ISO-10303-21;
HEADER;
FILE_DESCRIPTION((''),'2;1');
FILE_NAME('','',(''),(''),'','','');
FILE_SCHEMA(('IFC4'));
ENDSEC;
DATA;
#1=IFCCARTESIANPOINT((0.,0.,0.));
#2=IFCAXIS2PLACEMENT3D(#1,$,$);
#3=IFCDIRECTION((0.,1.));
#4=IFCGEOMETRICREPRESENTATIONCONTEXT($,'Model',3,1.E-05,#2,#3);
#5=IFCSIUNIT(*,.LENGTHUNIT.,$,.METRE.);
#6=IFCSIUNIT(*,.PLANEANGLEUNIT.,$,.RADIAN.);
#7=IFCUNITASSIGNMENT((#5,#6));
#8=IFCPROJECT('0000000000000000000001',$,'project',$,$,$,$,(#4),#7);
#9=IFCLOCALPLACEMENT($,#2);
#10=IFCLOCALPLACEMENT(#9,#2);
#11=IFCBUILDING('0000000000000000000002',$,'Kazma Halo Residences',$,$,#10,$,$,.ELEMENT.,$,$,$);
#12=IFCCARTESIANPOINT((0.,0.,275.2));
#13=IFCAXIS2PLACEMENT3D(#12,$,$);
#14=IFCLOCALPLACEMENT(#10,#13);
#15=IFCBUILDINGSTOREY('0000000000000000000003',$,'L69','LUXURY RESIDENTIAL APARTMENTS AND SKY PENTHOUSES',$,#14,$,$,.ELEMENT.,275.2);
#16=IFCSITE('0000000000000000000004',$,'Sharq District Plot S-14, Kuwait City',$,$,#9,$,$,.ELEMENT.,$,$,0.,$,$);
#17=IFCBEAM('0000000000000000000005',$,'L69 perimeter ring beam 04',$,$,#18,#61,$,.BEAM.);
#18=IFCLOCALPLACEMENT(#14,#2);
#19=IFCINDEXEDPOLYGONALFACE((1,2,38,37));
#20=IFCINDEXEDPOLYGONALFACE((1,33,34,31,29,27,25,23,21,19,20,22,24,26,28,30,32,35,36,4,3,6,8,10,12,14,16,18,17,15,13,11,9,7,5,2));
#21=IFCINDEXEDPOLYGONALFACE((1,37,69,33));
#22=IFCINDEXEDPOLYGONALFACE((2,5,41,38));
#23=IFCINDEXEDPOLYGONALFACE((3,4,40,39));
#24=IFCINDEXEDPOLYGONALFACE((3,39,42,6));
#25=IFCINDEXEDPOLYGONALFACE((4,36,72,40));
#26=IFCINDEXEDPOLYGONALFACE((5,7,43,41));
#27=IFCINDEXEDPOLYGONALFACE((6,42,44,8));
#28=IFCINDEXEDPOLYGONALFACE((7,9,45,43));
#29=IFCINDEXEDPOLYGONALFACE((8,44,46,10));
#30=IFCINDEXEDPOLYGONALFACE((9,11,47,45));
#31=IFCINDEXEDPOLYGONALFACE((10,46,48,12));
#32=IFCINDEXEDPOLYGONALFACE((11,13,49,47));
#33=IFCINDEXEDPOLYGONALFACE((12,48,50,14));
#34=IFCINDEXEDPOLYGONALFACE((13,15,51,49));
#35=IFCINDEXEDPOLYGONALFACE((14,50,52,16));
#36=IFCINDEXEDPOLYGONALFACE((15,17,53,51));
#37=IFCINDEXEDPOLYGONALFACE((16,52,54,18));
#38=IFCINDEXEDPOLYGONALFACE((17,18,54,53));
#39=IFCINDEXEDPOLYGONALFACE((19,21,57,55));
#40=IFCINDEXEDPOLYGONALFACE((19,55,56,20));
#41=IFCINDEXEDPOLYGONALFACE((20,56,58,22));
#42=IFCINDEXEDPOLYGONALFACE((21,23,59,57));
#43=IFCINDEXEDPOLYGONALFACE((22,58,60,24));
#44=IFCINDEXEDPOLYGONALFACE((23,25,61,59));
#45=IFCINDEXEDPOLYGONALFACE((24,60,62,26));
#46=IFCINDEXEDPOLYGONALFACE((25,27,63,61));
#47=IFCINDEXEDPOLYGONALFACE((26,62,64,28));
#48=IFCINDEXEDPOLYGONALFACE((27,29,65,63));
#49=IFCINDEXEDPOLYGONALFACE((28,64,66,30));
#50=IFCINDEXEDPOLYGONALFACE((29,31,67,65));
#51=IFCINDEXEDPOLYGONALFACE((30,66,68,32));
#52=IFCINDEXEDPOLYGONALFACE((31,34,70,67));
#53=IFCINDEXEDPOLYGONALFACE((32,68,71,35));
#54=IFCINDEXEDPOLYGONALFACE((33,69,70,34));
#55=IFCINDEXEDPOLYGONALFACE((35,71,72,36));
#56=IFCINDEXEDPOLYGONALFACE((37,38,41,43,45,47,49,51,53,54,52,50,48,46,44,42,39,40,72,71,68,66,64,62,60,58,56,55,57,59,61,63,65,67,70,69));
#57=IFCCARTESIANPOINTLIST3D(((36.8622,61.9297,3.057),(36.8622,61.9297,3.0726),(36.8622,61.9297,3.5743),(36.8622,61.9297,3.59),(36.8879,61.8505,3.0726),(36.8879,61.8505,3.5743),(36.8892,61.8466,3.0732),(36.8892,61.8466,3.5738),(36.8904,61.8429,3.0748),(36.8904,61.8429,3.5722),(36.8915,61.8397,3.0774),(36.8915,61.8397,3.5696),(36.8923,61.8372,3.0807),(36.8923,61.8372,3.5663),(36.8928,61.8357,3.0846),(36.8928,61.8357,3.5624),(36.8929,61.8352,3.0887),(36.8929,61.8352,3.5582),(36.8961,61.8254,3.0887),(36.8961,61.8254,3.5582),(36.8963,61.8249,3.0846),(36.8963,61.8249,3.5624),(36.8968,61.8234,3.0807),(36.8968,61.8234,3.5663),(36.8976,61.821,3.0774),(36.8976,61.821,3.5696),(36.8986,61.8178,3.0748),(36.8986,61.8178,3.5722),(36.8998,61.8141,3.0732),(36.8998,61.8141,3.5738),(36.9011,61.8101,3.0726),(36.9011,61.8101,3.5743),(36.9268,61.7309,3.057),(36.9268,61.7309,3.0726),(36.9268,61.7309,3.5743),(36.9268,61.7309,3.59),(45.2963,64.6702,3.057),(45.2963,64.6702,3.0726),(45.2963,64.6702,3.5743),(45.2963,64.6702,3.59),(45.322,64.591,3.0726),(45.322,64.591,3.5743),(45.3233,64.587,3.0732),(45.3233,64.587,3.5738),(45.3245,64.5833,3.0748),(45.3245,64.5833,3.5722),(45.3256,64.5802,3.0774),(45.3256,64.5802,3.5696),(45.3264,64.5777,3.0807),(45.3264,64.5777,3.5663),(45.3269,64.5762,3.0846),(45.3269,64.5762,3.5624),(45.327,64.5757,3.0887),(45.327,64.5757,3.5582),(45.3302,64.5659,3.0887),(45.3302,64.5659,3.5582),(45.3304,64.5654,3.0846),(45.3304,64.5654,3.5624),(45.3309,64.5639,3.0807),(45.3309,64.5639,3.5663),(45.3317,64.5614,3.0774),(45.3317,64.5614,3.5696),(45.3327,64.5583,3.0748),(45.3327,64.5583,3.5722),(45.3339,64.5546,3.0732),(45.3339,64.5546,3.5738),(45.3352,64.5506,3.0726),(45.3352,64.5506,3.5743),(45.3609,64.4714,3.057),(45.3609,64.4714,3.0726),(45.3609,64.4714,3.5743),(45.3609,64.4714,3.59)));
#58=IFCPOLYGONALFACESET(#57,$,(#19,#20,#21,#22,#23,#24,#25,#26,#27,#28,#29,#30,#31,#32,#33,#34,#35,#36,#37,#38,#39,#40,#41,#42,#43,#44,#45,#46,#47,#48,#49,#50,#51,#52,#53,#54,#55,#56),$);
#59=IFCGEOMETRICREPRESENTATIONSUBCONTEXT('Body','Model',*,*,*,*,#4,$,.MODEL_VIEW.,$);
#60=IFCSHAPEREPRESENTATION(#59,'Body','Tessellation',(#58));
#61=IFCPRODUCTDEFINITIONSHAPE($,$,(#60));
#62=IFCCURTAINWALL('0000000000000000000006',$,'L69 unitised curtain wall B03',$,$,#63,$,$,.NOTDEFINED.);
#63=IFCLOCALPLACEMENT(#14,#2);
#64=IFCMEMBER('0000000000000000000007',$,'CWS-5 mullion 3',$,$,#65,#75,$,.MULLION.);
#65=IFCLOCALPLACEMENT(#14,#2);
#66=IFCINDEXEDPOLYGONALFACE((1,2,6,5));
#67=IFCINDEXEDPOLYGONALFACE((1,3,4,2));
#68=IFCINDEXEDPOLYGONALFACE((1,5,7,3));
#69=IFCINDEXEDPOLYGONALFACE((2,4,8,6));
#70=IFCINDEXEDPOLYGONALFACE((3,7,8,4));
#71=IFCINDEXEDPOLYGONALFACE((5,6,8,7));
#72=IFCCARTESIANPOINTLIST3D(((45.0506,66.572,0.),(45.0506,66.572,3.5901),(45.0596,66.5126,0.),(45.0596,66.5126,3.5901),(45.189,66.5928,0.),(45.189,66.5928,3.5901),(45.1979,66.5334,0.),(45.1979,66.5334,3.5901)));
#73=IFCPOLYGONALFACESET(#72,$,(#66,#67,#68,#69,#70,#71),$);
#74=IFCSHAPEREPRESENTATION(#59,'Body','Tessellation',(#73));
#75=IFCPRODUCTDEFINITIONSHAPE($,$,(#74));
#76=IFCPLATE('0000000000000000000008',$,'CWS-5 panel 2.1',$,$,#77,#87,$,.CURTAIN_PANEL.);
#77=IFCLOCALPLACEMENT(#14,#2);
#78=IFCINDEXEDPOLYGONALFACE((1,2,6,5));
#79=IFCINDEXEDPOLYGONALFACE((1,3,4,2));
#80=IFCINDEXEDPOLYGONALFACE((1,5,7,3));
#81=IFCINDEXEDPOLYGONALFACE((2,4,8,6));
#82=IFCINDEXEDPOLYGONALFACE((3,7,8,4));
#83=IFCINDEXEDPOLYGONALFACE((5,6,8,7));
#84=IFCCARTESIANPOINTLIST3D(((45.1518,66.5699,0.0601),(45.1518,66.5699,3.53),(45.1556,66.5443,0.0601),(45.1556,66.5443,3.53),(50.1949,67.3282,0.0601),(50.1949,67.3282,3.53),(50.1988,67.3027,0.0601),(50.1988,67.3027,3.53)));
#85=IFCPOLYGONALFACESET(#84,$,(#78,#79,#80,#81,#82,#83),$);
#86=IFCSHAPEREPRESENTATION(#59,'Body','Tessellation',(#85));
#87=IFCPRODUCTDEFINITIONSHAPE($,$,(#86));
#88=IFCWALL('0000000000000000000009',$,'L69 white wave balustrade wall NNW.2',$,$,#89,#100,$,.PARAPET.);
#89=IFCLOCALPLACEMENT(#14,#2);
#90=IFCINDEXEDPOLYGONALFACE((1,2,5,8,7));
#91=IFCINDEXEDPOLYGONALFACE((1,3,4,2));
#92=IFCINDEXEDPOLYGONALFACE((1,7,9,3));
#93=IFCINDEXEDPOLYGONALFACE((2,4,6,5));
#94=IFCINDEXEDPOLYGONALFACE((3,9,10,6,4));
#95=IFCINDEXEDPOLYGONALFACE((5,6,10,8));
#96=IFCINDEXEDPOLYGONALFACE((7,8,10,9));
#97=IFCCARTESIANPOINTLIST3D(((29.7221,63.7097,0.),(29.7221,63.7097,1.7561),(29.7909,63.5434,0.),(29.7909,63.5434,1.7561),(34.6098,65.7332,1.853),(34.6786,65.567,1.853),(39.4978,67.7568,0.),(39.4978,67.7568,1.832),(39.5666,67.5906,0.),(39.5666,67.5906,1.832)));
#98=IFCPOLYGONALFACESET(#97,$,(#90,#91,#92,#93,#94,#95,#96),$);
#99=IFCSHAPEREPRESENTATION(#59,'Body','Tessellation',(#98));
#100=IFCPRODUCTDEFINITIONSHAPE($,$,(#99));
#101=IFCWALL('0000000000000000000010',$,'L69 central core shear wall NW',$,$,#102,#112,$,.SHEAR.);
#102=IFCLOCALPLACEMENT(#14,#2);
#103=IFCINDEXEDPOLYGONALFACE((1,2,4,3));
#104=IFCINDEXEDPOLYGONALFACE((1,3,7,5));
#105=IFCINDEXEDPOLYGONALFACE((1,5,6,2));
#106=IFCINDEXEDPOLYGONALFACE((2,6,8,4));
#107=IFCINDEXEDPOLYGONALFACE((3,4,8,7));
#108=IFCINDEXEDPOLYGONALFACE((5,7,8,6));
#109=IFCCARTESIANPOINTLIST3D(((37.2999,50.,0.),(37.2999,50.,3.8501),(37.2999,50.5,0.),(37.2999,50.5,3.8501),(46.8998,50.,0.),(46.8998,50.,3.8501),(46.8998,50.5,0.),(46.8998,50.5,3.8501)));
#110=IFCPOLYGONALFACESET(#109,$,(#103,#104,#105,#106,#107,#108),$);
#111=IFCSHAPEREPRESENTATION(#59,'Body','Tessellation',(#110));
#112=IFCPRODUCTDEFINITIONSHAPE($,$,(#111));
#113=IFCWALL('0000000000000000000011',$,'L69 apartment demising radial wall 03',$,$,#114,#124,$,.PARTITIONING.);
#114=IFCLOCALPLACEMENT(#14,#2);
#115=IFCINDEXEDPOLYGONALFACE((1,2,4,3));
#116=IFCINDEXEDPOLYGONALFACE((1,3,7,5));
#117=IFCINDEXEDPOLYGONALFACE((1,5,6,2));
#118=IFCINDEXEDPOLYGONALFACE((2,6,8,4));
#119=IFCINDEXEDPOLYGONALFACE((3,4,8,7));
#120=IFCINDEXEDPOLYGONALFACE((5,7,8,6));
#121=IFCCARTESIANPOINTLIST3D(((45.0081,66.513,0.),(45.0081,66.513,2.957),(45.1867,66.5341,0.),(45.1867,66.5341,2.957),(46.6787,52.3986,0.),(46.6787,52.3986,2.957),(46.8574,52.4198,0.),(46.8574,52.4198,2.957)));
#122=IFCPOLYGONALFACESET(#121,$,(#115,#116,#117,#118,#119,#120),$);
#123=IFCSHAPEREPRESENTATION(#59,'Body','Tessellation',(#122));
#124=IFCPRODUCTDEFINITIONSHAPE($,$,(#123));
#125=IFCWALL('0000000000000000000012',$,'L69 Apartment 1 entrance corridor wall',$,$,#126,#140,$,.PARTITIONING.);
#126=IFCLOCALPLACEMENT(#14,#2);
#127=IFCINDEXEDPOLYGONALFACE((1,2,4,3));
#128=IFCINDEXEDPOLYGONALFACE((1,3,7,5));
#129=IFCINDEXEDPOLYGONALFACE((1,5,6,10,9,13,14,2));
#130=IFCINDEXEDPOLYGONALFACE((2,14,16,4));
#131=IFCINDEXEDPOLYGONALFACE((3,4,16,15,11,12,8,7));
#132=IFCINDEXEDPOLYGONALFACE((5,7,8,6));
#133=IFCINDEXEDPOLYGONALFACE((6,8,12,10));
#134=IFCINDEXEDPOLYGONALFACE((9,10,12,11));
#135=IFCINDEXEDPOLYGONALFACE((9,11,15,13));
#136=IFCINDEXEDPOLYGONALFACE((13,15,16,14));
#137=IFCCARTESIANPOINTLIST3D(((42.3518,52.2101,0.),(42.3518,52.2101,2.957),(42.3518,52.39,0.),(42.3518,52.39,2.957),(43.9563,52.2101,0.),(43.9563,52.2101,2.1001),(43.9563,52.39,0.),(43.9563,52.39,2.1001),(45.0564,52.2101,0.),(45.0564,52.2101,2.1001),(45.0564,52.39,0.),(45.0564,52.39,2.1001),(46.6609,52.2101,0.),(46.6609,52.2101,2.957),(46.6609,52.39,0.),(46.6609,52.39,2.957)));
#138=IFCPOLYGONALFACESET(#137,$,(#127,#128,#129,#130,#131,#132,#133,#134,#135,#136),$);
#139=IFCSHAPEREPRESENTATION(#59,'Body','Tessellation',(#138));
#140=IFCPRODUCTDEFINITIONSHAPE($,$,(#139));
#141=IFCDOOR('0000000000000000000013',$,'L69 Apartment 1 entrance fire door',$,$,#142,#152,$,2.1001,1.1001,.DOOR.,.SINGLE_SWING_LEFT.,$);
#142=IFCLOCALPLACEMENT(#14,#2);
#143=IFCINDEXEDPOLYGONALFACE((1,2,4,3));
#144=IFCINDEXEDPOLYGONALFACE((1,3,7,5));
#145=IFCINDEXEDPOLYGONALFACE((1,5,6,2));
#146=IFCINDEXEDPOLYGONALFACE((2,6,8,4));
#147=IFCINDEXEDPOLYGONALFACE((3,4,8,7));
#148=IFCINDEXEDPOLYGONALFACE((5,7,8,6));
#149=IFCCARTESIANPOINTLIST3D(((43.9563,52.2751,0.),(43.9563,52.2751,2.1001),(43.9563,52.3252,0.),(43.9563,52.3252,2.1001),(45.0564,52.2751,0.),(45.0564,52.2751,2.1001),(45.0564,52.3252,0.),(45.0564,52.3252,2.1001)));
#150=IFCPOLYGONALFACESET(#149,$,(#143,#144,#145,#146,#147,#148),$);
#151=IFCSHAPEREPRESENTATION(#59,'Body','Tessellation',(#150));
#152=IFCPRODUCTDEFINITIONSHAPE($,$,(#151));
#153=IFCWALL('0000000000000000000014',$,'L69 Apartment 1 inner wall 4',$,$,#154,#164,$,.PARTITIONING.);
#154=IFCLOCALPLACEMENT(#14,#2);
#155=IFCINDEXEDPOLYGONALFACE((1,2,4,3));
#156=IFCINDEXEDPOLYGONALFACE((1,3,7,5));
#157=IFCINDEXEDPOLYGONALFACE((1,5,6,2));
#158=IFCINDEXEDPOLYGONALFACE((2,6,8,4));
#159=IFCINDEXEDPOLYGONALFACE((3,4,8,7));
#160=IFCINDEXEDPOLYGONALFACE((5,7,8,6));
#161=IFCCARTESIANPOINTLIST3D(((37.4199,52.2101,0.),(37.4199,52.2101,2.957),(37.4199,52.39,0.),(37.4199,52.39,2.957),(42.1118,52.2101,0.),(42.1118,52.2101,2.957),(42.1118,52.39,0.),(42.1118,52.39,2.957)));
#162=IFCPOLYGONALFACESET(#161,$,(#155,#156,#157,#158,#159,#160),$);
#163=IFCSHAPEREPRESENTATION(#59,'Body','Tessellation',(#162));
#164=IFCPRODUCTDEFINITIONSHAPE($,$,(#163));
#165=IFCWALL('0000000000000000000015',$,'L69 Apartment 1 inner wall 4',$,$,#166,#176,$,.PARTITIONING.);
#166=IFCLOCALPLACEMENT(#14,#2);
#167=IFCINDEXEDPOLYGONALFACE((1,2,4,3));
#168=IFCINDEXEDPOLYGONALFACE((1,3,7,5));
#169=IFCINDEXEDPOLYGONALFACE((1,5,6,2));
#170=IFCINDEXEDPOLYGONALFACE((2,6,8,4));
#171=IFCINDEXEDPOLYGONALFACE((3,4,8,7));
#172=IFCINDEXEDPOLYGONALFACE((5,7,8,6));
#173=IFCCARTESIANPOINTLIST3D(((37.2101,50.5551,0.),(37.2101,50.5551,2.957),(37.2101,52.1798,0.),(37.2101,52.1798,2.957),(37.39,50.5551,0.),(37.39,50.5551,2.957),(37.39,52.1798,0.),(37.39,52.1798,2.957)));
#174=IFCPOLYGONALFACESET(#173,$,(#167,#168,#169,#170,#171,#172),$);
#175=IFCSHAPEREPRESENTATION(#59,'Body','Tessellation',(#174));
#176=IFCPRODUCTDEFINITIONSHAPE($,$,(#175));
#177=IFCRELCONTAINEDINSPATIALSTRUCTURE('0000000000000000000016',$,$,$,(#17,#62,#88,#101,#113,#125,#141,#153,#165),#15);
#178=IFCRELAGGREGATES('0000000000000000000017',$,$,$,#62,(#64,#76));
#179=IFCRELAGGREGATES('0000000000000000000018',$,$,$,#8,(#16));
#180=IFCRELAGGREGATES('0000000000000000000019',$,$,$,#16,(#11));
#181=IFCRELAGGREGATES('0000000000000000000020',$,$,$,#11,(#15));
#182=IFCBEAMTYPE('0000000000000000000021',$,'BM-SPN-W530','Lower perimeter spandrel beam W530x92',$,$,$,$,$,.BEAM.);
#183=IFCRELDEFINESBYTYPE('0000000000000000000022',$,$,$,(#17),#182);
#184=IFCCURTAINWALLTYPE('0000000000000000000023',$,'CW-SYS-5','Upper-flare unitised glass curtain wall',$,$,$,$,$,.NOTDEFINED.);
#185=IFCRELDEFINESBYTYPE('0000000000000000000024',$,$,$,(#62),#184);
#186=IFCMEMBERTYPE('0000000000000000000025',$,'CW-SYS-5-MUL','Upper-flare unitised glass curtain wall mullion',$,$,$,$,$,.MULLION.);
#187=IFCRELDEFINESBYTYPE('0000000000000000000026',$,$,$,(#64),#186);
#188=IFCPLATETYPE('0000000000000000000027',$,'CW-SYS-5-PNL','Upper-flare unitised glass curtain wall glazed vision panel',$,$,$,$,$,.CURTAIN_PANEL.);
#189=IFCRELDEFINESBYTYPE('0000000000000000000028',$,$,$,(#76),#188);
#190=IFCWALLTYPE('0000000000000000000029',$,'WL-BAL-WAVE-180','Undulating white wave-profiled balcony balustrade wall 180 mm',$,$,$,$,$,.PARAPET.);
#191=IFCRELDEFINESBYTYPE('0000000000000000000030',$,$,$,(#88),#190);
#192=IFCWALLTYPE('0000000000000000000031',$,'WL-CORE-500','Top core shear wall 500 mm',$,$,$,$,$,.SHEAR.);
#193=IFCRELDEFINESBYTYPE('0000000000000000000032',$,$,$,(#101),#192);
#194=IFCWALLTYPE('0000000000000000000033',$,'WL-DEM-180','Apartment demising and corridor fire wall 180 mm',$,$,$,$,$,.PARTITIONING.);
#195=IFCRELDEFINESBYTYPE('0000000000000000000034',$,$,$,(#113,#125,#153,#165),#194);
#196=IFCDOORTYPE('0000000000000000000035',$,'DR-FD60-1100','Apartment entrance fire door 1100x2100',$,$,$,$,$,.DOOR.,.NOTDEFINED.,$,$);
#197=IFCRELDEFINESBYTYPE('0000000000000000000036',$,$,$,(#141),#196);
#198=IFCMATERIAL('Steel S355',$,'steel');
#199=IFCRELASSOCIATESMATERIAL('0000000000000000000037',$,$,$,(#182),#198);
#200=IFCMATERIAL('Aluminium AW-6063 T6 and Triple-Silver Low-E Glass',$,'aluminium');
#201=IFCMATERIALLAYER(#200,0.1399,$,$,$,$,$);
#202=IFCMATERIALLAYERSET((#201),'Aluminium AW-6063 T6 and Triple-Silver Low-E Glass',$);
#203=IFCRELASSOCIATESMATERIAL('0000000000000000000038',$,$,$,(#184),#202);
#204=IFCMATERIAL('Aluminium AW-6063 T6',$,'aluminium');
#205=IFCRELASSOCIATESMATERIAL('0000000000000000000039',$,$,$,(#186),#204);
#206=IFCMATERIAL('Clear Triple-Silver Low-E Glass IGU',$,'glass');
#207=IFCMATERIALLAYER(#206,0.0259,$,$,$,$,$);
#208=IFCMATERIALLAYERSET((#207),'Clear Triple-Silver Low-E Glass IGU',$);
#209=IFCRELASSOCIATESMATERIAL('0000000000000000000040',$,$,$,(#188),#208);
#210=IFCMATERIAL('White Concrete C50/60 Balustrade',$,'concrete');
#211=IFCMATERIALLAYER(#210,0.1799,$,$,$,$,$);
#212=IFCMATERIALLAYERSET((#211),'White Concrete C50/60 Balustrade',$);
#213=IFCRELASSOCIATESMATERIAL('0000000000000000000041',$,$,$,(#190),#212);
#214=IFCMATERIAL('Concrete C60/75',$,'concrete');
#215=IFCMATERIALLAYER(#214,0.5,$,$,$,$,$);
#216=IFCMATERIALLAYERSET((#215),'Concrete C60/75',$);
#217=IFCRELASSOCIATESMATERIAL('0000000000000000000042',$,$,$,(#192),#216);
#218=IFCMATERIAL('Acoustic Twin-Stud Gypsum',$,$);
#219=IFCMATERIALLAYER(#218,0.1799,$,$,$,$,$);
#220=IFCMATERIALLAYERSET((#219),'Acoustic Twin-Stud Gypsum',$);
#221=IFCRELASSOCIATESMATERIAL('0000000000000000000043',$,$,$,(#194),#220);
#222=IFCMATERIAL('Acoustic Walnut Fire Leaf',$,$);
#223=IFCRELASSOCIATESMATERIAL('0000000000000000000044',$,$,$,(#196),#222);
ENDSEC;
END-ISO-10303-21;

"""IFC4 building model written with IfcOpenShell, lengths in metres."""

from ifc_helpers import new_model, si_unit, direction, frame, frame_2d, origin, origin_2d, place, context, subcontext, project, spatial, polyline, rectangle, i_section, outline, extrude, material, layer, layer_set, material_profile, profile_set, type_object, element, fill, aggregate, save


model = new_model("IFC4")

# Units and contexts
model_context = context("Model", 3, precision=1e-05, world=origin(), true_north=direction((0.0, 1.0)))
body_context = subcontext(model_context, "Body", "Model", "MODEL_VIEW")
ifc_project = project(units=[si_unit("LENGTHUNIT", "METRE"), si_unit("PLANEANGLEUNIT", "RADIAN")], contexts=[model_context])

# Site, building, storey
site_placement = place(None, origin())
site = spatial("IfcSite", under=ifc_project, at=site_placement, Name="Sharq District Plot S-14, Kuwait City", CompositionType="ELEMENT", RefElevation=0.0)
building_placement = place(site_placement, origin())
building = spatial("IfcBuilding", under=site, at=building_placement, Name="Kazma Halo Residences", CompositionType="ELEMENT")
storey_placement = place(building_placement, frame((0.0, 0.0, 275.2)))
storey = spatial("IfcBuildingStorey", under=building, at=storey_placement, Name="L69", Description="LUXURY RESIDENTIAL APARTMENTS AND SKY PENTHOUSES", CompositionType="ELEMENT", Elevation=275.2)

# Shared definitions
ifc_material_1 = material(Name="Concrete C60/75", Category="concrete")

# Beam
ifc_material_2 = material(Name="Steel S355", Category="steel")
ifc_material_profile_1 = material_profile(ifc_material_2, i_section(OverallWidth=0.209, OverallDepth=0.533, WebThickness=0.0103, FlangeThickness=0.0156, FilletRadius=0.0161, at=origin_2d()), Name="W530x92")
ifc_profile_set_1 = profile_set([ifc_material_profile_1], Name="Steel S355")
beam_type_1 = type_object("IfcBeamType", Name="BM-SPN-W530", Description="Lower perimeter spandrel beam W530x92", PredefinedType="BEAM", material=ifc_profile_set_1)
beam_1_placement = place(storey_placement, frame((45.3286, 64.5708, 3.3235), z_axis=(-0.951054, -0.309025, 0.0), x_axis=(0.309025, -0.951054, 0.0)))
element("IfcBeam", 1, at=beam_1_placement, inside=storey, type_object=beam_type_1, Name="L69 perimeter ring beam 04", PredefinedType="BEAM", context=body_context, shape_type="SweptSolid", body=[
    extrude(i_section(OverallWidth=0.209, OverallDepth=0.533, WebThickness=0.0103, FlangeThickness=0.0156, FilletRadius=0.0161, at=origin_2d()), origin(), (0.0, 0.0, 1.0), 8.8682),
])

# Curtain wall, member, plate
ifc_material_3 = material(Name="Aluminium AW-6063 T6 and Triple-Silver Low-E Glass", Category="aluminium")
ifc_layer_1 = layer(ifc_material_3, 0.1399)
ifc_layer_set_1 = layer_set([ifc_layer_1], Name="Aluminium AW-6063 T6 and Triple-Silver Low-E Glass")
curtain_wall_type = type_object("IfcCurtainWallType", Name="CW-SYS-5", Description="Upper-flare unitised glass curtain wall", PredefinedType="NOTDEFINED", material=ifc_layer_set_1)
curtain_wall_placement = place(storey_placement, origin())
curtain_wall = element("IfcCurtainWall", 2, at=curtain_wall_placement, inside=storey, type_object=curtain_wall_type, Name="L69 unitised curtain wall B03", PredefinedType="NOTDEFINED")
ifc_material_4 = material(Name="Aluminium AW-6063 T6", Category="aluminium")
ifc_material_profile_2 = material_profile(ifc_material_4, rectangle(XDim=0.0601, YDim=0.1399, at=origin_2d()), Name="CWM-60x140")
ifc_profile_set_2 = profile_set([ifc_material_profile_2], Name="Aluminium AW-6063 T6")
member_type = type_object("IfcMemberType", Name="CW-SYS-5-MUL", Description="Upper-flare unitised glass curtain wall mullion", PredefinedType="MULLION", material=ifc_profile_set_2)
member_placement = place(storey_placement, frame((45.1243, 66.5527, 0.0), z_axis=(0.0, 0.0, 1.0), x_axis=(0.148697, -0.988883, 0.0)))
member = element("IfcMember", 3, at=member_placement, type_object=member_type, Name="CWS-5 mullion 3", PredefinedType="MULLION", context=body_context, shape_type="SweptSolid", body=[
    extrude(rectangle(XDim=0.0601, YDim=0.1399, at=origin_2d()), origin(), (0.0, 0.0, 1.0), 3.5901),
])
ifc_material_5 = material(Name="Clear Triple-Silver Low-E Glass IGU", Category="glass")
ifc_layer_2 = layer(ifc_material_5, 0.0259)
ifc_layer_set_2 = layer_set([ifc_layer_2], Name="Clear Triple-Silver Low-E Glass IGU")
plate_type = type_object("IfcPlateType", Name="CW-SYS-5-PNL", Description="Upper-flare unitised glass curtain wall glazed vision panel", PredefinedType="CURTAIN_PANEL", material=ifc_layer_set_2)
plate_placement = place(storey_placement, frame((47.6753, 66.9363, 0.0601), z_axis=(0.0, 0.0, 1.0), x_axis=(-0.988883, -0.148697, 0.0)))
plate = element("IfcPlate", 4, at=plate_placement, type_object=plate_type, Name="CWS-5 panel 2.1", PredefinedType="CURTAIN_PANEL", context=body_context, shape_type="SweptSolid", body=[
    extrude(rectangle(XDim=5.0999, YDim=0.0259, at=origin_2d()), origin(), (0.0, 0.0, 1.0), 3.47),
])
aggregate(curtain_wall, [member, plate])

# Walls
ifc_material_6 = material(Name="White Concrete C50/60 Balustrade", Category="concrete")
ifc_layer_3 = layer(ifc_material_6, 0.1799)
ifc_layer_set_3 = layer_set([ifc_layer_3], Name="White Concrete C50/60 Balustrade")
wall_type_1 = type_object("IfcWallType", Name="WL-BAL-WAVE-180", Description="Undulating white wave-profiled balcony balustrade wall 180 mm", PredefinedType="PARAPET", material=ifc_layer_set_3)
wall_1_placement = place(storey_placement, frame((39.5322, 67.6736, 0.0), z_axis=(0.0, 0.0, 1.0), x_axis=(-0.923949, -0.382516, 0.0)))
element("IfcWall", 5, at=wall_1_placement, inside=storey, type_object=wall_type_1, Name="L69 white wave balustrade wall NNW.2", PredefinedType="PARAPET", context=body_context, shape_type="SweptSolid", body=[
    extrude(outline(polyline([(0.0, 0.0), (10.5803, 0.0), (10.5803, 1.7561), (5.2903, 1.853), (0.0, 1.832), (0.0, 0.0)])), frame((0.0, 0.0898, 0.0), z_axis=(0.0, -1.0, 0.0), x_axis=(1.0, 0.0, 0.0)), (0.0, 0.0, 1.0), 0.1799),
])
ifc_layer_4 = layer(ifc_material_1, 0.5)
ifc_layer_set_4 = layer_set([ifc_layer_4], Name="Concrete C60/75")
wall_type_2 = type_object("IfcWallType", Name="WL-CORE-500", Description="Top core shear wall 500 mm", PredefinedType="SHEAR", material=ifc_layer_set_4)
wall_2_placement = place(storey_placement, frame((37.3, 50.25, 0.0), z_axis=(0.0, 0.0, 1.0), x_axis=(1.0, 0.0, 0.0)))
element("IfcWall", 6, at=wall_2_placement, inside=storey, type_object=wall_type_2, Name="L69 central core shear wall NW", PredefinedType="SHEAR", context=body_context, shape_type="SweptSolid", body=[
    extrude(rectangle(XDim=9.5999, YDim=0.5, at=frame_2d((4.7998, 0.0))), origin(), (0.0, 0.0, 1.0), 3.8501),
])
ifc_material_7 = material(Name="Acoustic Twin-Stud Gypsum")
ifc_layer_5 = layer(ifc_material_7, 0.1799)
ifc_layer_set_5 = layer_set([ifc_layer_5], Name="Acoustic Twin-Stud Gypsum")
wall_type_3 = type_object("IfcWallType", Name="WL-DEM-180", Description="Apartment demising and corridor fire wall 180 mm", PredefinedType="PARTITIONING", material=ifc_layer_set_5)
wall_3_placement = place(storey_placement, frame((46.7681, 52.4092, 0.0), z_axis=(0.0, 0.0, 1.0), x_axis=(-0.117546, 0.993067, 0.0)))
element("IfcWall", 7, at=wall_3_placement, inside=storey, type_object=wall_type_3, Name="L69 apartment demising radial wall 03", PredefinedType="PARTITIONING", context=body_context, shape_type="SweptSolid", body=[
    extrude(rectangle(XDim=14.2129, YDim=0.1799, at=frame_2d((7.1064, 0.0))), origin(), (0.0, 0.0, 1.0), 2.957),
])

# Wall, opening, door
wall_4_placement = place(storey_placement, frame((46.6609, 52.3, 0.0), z_axis=(0.0, 0.0, 1.0), x_axis=(-1.0, 0.0, 0.0)))
wall_4 = element("IfcWall", 8, at=wall_4_placement, inside=storey, type_object=wall_type_3, Name="L69 Apartment 1 entrance corridor wall", PredefinedType="PARTITIONING", context=body_context, shape_type="SweptSolid", body=[
    extrude(rectangle(XDim=4.3091, YDim=0.1799, at=frame_2d((2.1545, 0.0))), origin(), (0.0, 0.0, 1.0), 2.957),
])
opening_1_placement = place(wall_4_placement, frame((1.6045, 0.0, 0.0)))
opening_1 = element("IfcOpeningElement", 9, at=opening_1_placement, cuts=wall_4, PredefinedType="OPENING", context=body_context, shape_type="SweptSolid", body=[
    extrude(rectangle(XDim=1.1001, YDim=2.1001, at=frame_2d((0.55, 1.05))), frame((0.0, 0.0999, 0.0), z_axis=(0.0, -1.0, 0.0), x_axis=(1.0, 0.0, 0.0)), (0.0, 0.0, 1.0), 0.2),
])
ifc_material_8 = material(Name="Acoustic Walnut Fire Leaf")
door_type_1 = type_object("IfcDoorType", Name="DR-FD60-1100", Description="Apartment entrance fire door 1100x2100", OperationType="NOTDEFINED", PredefinedType="DOOR", material=ifc_material_8)
door_1_placement = place(opening_1_placement, origin())
door_1 = element("IfcDoor", 10, at=door_1_placement, inside=storey, type_object=door_type_1, Name="L69 Apartment 1 entrance fire door", OperationType="SINGLE_SWING_LEFT", OverallHeight=2.1001, OverallWidth=1.1001, PredefinedType="DOOR", context=body_context, shape_type="SweptSolid", body=[
    extrude(rectangle(XDim=1.1001, YDim=2.1001, at=frame_2d((0.55, 1.05))), frame((0.0, 0.0249, 0.0), z_axis=(0.0, -1.0, 0.0), x_axis=(1.0, 0.0, 0.0)), (0.0, 0.0, 1.0), 0.05),
])
fill(opening_1, door_1)

# Walls
wall_5_placement = place(storey_placement, frame((42.1118, 52.3, 0.0), z_axis=(0.0, 0.0, 1.0), x_axis=(-1.0, 0.0, 0.0)))
element("IfcWall", 11, at=wall_5_placement, inside=storey, type_object=wall_type_3, Name="L69 Apartment 1 inner wall 4", PredefinedType="PARTITIONING", context=body_context, shape_type="SweptSolid", body=[
    extrude(rectangle(XDim=4.6919, YDim=0.1799, at=frame_2d((2.3459, 0.0))), origin(), (0.0, 0.0, 1.0), 2.957),
])
wall_6_placement = place(storey_placement, frame((37.3, 52.1799, 0.0), z_axis=(0.0, 0.0, 1.0), x_axis=(0.0, -1.0, 0.0)))
element("IfcWall", 12, at=wall_6_placement, inside=storey, type_object=wall_type_3, Name="L69 Apartment 1 inner wall 4", PredefinedType="PARTITIONING", context=body_context, shape_type="SweptSolid", body=[
    extrude(rectangle(XDim=1.6248, YDim=0.1799, at=frame_2d((0.8125, 0.0))), origin(), (0.0, 0.0, 1.0), 2.957),
])

save(model, "model.ifc")
